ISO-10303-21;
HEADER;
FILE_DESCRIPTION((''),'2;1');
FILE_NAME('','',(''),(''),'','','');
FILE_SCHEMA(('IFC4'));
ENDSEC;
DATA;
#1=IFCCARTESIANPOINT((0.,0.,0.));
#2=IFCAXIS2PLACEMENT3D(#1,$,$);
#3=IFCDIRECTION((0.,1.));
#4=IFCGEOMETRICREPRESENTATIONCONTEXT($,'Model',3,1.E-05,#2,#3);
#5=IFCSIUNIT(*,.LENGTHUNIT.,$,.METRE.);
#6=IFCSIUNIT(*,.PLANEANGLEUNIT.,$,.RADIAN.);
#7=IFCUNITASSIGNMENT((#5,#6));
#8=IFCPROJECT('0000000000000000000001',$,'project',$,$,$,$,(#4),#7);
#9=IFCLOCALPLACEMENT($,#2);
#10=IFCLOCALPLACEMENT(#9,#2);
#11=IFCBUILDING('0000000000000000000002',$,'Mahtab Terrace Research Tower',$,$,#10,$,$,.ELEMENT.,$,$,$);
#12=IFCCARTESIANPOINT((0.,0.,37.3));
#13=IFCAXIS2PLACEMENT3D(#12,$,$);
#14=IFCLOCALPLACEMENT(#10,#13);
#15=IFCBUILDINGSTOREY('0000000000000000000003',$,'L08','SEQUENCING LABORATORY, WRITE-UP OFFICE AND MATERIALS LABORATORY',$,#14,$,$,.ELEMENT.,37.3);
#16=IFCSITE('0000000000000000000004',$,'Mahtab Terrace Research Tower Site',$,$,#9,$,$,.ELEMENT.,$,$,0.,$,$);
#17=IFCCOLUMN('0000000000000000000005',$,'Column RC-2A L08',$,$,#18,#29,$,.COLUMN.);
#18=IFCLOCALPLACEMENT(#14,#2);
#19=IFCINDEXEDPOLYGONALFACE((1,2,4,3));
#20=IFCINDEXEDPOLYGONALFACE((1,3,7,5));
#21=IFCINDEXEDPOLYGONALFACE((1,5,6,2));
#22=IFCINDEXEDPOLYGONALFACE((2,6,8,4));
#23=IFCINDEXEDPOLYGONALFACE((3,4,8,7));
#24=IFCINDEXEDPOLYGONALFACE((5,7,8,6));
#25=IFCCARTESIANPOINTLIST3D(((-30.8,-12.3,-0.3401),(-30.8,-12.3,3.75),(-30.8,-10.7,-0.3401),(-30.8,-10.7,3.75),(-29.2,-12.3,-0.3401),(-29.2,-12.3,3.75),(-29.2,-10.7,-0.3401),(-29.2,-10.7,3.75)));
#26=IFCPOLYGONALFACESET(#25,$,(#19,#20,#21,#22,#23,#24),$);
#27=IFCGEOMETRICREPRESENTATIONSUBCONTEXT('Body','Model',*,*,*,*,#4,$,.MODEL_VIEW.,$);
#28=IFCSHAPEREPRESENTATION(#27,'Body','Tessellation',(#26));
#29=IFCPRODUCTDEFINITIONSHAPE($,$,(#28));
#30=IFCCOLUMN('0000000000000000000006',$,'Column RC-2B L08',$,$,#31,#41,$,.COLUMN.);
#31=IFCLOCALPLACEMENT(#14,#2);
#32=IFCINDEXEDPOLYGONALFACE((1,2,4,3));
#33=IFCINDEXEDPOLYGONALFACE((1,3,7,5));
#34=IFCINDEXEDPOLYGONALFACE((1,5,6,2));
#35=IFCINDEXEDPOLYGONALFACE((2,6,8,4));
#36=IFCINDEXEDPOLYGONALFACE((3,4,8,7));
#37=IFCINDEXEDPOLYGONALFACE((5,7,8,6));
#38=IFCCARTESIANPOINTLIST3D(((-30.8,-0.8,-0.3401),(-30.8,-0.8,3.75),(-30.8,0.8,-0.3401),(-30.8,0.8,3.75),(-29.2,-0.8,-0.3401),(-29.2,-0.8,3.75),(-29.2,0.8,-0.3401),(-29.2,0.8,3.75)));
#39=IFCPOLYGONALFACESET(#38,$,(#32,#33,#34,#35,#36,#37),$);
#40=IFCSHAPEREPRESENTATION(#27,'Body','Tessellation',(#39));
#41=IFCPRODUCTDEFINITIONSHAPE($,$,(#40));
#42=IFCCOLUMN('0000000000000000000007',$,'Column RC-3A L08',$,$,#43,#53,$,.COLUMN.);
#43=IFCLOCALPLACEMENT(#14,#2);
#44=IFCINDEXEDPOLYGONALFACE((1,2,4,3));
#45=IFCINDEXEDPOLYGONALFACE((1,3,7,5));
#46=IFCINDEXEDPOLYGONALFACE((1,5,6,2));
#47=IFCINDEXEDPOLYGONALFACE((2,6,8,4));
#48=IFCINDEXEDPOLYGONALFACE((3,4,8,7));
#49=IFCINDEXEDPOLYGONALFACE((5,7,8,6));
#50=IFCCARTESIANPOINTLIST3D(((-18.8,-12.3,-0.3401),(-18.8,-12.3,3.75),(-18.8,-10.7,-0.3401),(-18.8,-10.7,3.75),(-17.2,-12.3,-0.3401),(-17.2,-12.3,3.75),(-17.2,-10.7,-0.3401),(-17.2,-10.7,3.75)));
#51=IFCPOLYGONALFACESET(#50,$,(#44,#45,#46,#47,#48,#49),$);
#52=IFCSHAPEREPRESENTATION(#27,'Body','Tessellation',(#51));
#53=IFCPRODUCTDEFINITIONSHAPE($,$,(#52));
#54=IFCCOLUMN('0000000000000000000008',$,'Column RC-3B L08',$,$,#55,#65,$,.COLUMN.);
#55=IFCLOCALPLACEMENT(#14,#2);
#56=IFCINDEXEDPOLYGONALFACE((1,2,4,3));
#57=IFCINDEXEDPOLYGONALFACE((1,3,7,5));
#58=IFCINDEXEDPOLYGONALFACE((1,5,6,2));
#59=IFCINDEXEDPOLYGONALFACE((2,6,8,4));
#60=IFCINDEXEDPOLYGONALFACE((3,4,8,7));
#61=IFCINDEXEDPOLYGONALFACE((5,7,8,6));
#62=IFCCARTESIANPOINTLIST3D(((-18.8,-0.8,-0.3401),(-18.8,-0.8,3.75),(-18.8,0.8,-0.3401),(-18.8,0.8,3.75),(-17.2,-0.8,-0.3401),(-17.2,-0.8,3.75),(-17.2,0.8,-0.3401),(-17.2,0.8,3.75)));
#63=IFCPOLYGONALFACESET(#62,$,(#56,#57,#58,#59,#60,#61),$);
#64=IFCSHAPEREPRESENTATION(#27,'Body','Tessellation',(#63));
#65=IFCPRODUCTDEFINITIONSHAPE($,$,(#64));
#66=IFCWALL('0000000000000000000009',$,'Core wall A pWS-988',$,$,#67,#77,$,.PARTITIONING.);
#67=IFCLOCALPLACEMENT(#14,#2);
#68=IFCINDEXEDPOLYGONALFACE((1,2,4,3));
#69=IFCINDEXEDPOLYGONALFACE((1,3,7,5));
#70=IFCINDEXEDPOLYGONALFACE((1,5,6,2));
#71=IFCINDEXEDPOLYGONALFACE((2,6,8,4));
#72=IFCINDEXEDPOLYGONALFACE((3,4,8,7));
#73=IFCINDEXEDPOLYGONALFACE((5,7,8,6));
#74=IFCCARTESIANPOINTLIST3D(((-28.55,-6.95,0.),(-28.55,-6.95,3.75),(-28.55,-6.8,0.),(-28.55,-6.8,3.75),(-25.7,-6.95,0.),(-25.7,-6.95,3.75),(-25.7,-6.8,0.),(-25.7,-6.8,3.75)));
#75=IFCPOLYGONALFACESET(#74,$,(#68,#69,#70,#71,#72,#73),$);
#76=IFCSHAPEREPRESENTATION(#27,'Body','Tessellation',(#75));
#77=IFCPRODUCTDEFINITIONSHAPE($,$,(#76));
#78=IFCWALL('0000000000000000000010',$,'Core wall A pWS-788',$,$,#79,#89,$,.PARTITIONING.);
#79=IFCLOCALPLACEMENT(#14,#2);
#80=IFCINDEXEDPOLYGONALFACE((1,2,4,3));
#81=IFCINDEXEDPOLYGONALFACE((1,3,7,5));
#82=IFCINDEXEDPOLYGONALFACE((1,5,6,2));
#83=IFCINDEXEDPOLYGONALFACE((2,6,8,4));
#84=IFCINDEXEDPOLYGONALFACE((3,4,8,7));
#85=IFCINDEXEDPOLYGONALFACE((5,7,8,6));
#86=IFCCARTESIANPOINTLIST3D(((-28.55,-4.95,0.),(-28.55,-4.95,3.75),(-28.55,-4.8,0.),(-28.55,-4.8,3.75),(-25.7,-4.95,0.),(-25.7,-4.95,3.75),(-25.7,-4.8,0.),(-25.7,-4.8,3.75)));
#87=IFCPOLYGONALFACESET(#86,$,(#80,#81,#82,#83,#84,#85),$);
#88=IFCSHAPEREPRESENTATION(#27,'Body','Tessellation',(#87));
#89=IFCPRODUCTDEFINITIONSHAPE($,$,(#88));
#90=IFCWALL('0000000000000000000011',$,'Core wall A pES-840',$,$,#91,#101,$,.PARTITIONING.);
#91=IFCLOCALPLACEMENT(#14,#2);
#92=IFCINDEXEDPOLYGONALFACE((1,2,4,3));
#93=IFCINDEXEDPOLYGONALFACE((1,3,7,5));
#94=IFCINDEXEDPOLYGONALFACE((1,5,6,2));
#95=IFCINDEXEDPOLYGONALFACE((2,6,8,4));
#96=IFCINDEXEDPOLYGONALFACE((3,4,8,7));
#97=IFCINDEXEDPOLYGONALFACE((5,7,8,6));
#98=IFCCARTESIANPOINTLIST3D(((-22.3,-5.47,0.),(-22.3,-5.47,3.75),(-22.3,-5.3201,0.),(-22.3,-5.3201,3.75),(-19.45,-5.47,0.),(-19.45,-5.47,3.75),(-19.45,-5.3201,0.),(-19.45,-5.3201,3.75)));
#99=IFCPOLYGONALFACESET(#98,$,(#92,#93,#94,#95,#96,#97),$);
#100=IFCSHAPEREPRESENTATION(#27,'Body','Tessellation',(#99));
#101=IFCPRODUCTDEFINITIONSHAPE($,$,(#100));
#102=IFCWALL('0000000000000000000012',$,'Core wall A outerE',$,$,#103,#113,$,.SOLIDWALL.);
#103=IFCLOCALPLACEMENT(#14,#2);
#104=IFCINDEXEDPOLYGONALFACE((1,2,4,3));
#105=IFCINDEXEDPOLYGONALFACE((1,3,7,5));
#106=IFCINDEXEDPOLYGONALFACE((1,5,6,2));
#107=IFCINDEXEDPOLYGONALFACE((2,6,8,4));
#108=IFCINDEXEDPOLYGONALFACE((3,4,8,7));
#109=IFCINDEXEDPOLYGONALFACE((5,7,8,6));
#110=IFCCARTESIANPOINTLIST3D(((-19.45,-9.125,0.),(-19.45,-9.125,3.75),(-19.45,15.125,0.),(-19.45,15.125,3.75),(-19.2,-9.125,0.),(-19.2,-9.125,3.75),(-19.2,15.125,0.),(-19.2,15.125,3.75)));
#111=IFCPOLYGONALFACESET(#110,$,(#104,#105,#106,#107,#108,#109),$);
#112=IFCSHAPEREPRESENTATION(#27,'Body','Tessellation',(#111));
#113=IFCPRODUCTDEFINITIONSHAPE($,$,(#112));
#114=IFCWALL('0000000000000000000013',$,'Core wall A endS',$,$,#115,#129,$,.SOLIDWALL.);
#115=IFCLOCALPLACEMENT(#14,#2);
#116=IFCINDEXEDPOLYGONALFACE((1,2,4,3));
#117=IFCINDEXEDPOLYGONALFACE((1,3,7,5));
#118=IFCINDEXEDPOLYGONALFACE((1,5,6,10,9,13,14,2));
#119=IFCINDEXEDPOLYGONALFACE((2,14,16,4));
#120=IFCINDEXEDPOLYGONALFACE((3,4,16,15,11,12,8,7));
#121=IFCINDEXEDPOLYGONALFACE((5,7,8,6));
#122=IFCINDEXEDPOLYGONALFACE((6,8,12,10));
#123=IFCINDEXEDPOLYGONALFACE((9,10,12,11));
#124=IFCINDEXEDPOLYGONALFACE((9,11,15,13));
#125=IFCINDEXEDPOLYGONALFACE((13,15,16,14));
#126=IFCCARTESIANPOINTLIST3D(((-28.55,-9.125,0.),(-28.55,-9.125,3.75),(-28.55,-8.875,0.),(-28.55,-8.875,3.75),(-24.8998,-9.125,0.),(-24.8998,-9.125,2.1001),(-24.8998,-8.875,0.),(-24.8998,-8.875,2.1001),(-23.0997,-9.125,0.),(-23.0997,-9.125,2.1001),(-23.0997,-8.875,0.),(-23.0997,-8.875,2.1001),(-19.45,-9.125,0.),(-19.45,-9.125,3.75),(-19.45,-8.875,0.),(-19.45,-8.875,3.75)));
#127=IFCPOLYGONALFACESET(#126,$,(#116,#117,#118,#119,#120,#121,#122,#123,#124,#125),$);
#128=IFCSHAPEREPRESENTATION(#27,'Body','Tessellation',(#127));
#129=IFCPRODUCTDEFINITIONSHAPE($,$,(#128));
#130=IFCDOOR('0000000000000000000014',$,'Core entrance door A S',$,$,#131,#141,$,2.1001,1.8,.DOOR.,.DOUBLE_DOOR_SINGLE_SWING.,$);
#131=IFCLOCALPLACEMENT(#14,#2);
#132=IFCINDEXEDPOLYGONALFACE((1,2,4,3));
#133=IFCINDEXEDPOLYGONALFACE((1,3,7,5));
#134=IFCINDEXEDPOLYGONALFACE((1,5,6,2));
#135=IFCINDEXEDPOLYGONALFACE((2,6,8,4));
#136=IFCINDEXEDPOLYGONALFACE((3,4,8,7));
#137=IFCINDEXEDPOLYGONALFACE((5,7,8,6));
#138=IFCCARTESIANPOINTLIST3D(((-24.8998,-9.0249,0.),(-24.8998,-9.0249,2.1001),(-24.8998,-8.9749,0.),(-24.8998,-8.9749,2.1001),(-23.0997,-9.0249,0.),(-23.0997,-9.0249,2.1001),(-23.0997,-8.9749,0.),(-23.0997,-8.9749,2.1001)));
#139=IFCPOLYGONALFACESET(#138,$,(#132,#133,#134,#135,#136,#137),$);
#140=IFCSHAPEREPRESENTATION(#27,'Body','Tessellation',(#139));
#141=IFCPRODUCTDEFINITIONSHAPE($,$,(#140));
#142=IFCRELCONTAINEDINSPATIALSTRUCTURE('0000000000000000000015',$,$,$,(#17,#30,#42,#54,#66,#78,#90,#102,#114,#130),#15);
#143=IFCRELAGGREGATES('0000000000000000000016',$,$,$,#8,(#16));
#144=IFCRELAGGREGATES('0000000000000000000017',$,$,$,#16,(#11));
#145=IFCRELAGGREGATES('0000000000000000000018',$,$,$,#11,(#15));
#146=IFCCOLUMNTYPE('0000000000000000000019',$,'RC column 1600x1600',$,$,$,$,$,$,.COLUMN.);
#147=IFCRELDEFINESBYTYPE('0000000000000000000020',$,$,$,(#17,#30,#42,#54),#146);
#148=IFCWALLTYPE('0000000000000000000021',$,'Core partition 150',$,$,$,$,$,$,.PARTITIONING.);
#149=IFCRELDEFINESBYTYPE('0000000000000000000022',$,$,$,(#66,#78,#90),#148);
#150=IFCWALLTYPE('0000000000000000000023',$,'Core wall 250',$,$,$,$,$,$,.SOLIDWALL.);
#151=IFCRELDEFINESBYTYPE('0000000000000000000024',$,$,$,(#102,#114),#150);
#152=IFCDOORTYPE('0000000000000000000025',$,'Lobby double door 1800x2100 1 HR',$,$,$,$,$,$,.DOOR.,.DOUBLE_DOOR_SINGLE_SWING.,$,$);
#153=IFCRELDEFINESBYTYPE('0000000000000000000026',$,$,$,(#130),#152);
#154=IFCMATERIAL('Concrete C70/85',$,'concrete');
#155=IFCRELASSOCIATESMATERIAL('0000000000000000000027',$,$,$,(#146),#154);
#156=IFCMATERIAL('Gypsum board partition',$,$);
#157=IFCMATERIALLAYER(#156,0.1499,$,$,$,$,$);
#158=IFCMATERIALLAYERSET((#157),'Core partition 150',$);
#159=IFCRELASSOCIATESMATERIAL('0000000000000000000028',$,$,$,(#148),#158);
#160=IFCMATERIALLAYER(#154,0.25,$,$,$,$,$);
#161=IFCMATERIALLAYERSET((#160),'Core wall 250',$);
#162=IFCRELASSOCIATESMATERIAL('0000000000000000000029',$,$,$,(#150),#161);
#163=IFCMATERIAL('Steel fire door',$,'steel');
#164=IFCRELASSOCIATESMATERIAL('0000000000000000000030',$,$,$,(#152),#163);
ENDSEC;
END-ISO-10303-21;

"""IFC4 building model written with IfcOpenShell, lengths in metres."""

from ifc_helpers import new_model, si_unit, direction, frame, frame_2d, origin, origin_2d, place, context, subcontext, project, spatial, rectangle, extrude, material, layer, layer_set, material_profile, profile_set, type_object, element, fill, save


model = new_model("IFC4")

# Units and contexts
model_context = context("Model", 3, precision=1e-05, world=origin(), true_north=direction((0.0, 1.0)))
body_context = subcontext(model_context, "Body", "Model", "MODEL_VIEW")
ifc_project = project(units=[si_unit("LENGTHUNIT", "METRE"), si_unit("PLANEANGLEUNIT", "RADIAN")], contexts=[model_context])

# Site, building, storey
site_placement = place(None, origin())
site = spatial("IfcSite", under=ifc_project, at=site_placement, Name="Mahtab Terrace Research Tower Site", CompositionType="ELEMENT", RefElevation=0.0)
building_placement = place(site_placement, origin())
building = spatial("IfcBuilding", under=site, at=building_placement, Name="Mahtab Terrace Research Tower", CompositionType="ELEMENT")
storey_placement = place(building_placement, frame((0.0, 0.0, 37.3)))
storey = spatial("IfcBuildingStorey", under=building, at=storey_placement, Name="L08", Description="SEQUENCING LABORATORY, WRITE-UP OFFICE AND MATERIALS LABORATORY", CompositionType="ELEMENT", Elevation=37.3)

# Columns
ifc_material_1 = material(Name="Concrete C70/85", Category="concrete")
ifc_material_profile = material_profile(ifc_material_1, rectangle(XDim=1.6001, YDim=1.6001, at=origin_2d()), Name="RC column 1600x1600")
ifc_profile_set = profile_set([ifc_material_profile], Name="Concrete C70/85")
column_type = type_object("IfcColumnType", Name="RC column 1600x1600", PredefinedType="COLUMN", material=ifc_profile_set)
for number, where, z_axis, x_axis, name in (
    (1, (-30.0, -11.5, -0.3401), (0.0, 0.0, 1.0), (1.0, 0.0, 0.0), "Column RC-2A L08"),
    (2, (-30.0, 0.0, -0.3401), (0.0, 0.0, 1.0), (1.0, 0.0, 0.0), "Column RC-2B L08"),
    (3, (-18.0, -11.5, -0.3401), (0.0, 0.0, 1.0), (1.0, 0.0, 0.0), "Column RC-3A L08"),
    (4, (-18.0, 0.0, -0.3401), (0.0, 0.0, 1.0), (1.0, 0.0, 0.0), "Column RC-3B L08"),
):
    element("IfcColumn", number, at=place(storey_placement, frame(where, z_axis=z_axis, x_axis=x_axis)), inside=storey, type_object=column_type, Name=name, PredefinedType="COLUMN", context=body_context, shape_type="SweptSolid", body=[
        extrude(rectangle(XDim=1.6001, YDim=1.6001, at=origin_2d()), origin(), (0.0, 0.0, 1.0), 4.0901),
    ])

# Walls
ifc_material_2 = material(Name="Gypsum board partition")
ifc_layer_1 = layer(ifc_material_2, 0.1499)
ifc_layer_set_1 = layer_set([ifc_layer_1], Name="Core partition 150")
wall_type_1 = type_object("IfcWallType", Name="Core partition 150", PredefinedType="PARTITIONING", material=ifc_layer_set_1)
for number, where, z_axis, x_axis, name in (
    (5, (-28.55, -6.875, 0.0), (0.0, 0.0, 1.0), (1.0, 0.0, 0.0), "Core wall A pWS-988"),
    (6, (-28.55, -4.875, 0.0), (0.0, 0.0, 1.0), (1.0, 0.0, 0.0), "Core wall A pWS-788"),
    (7, (-22.3, -5.395, 0.0), (0.0, 0.0, 1.0), (1.0, 0.0, 0.0), "Core wall A pES-840"),
):
    element("IfcWall", number, at=place(storey_placement, frame(where, z_axis=z_axis, x_axis=x_axis)), inside=storey, type_object=wall_type_1, Name=name, PredefinedType="PARTITIONING", context=body_context, shape_type="SweptSolid", body=[
        extrude(rectangle(XDim=2.8501, YDim=0.1499, at=frame_2d((1.425, 0.0))), origin(), (0.0, 0.0, 1.0), 3.75),
    ])
ifc_layer_2 = layer(ifc_material_1, 0.25)
ifc_layer_set_2 = layer_set([ifc_layer_2], Name="Core wall 250")
wall_type_2 = type_object("IfcWallType", Name="Core wall 250", PredefinedType="SOLIDWALL", material=ifc_layer_set_2)
wall_1_placement = place(storey_placement, frame((-19.325, -9.125, 0.0), z_axis=(0.0, 0.0, 1.0), x_axis=(0.0, 1.0, 0.0)))
element("IfcWall", 8, at=wall_1_placement, inside=storey, type_object=wall_type_2, Name="Core wall A outerE", PredefinedType="SOLIDWALL", context=body_context, shape_type="SweptSolid", body=[
    extrude(rectangle(XDim=24.25, YDim=0.25, at=frame_2d((12.125, 0.0))), origin(), (0.0, 0.0, 1.0), 3.75),
])

# Wall, opening, door
wall_2_placement = place(storey_placement, frame((-19.45, -9.0, 0.0), z_axis=(0.0, 0.0, 1.0), x_axis=(-1.0, 0.0, 0.0)))
wall_2 = element("IfcWall", 9, at=wall_2_placement, inside=storey, type_object=wall_type_2, Name="Core wall A endS", PredefinedType="SOLIDWALL", context=body_context, shape_type="SweptSolid", body=[
    extrude(rectangle(XDim=9.1001, YDim=0.25, at=frame_2d((4.55, 0.0))), origin(), (0.0, 0.0, 1.0), 3.75),
])
opening_1_placement = place(wall_2_placement, frame((3.6499, 0.0, 0.0)))
opening_1 = element("IfcOpeningElement", 10, at=opening_1_placement, cuts=wall_2, PredefinedType="OPENING", context=body_context, shape_type="SweptSolid", body=[
    extrude(rectangle(XDim=1.8, YDim=2.1001, at=frame_2d((0.8999, 1.05))), frame((0.0, 0.135, 0.0), z_axis=(0.0, -1.0, 0.0), x_axis=(1.0, 0.0, 0.0)), (0.0, 0.0, 1.0), 0.27),
])
ifc_material_3 = material(Name="Steel fire door", Category="steel")
door_type_1 = type_object("IfcDoorType", Name="Lobby double door 1800x2100 1 HR", OperationType="DOUBLE_DOOR_SINGLE_SWING", PredefinedType="DOOR", material=ifc_material_3)
door_1_placement = place(opening_1_placement, origin())
door_1 = element("IfcDoor", 11, at=door_1_placement, inside=storey, type_object=door_type_1, Name="Core entrance door A S", OperationType="DOUBLE_DOOR_SINGLE_SWING", OverallHeight=2.1001, OverallWidth=1.8, PredefinedType="DOOR", context=body_context, shape_type="SweptSolid", body=[
    extrude(rectangle(XDim=1.8, YDim=2.1001, at=frame_2d((0.8999, 1.05))), frame((0.0, 0.0249, 0.0), z_axis=(0.0, -1.0, 0.0), x_axis=(1.0, 0.0, 0.0)), (0.0, 0.0, 1.0), 0.05),
])
fill(opening_1, door_1)

save(model, "model.ifc")
